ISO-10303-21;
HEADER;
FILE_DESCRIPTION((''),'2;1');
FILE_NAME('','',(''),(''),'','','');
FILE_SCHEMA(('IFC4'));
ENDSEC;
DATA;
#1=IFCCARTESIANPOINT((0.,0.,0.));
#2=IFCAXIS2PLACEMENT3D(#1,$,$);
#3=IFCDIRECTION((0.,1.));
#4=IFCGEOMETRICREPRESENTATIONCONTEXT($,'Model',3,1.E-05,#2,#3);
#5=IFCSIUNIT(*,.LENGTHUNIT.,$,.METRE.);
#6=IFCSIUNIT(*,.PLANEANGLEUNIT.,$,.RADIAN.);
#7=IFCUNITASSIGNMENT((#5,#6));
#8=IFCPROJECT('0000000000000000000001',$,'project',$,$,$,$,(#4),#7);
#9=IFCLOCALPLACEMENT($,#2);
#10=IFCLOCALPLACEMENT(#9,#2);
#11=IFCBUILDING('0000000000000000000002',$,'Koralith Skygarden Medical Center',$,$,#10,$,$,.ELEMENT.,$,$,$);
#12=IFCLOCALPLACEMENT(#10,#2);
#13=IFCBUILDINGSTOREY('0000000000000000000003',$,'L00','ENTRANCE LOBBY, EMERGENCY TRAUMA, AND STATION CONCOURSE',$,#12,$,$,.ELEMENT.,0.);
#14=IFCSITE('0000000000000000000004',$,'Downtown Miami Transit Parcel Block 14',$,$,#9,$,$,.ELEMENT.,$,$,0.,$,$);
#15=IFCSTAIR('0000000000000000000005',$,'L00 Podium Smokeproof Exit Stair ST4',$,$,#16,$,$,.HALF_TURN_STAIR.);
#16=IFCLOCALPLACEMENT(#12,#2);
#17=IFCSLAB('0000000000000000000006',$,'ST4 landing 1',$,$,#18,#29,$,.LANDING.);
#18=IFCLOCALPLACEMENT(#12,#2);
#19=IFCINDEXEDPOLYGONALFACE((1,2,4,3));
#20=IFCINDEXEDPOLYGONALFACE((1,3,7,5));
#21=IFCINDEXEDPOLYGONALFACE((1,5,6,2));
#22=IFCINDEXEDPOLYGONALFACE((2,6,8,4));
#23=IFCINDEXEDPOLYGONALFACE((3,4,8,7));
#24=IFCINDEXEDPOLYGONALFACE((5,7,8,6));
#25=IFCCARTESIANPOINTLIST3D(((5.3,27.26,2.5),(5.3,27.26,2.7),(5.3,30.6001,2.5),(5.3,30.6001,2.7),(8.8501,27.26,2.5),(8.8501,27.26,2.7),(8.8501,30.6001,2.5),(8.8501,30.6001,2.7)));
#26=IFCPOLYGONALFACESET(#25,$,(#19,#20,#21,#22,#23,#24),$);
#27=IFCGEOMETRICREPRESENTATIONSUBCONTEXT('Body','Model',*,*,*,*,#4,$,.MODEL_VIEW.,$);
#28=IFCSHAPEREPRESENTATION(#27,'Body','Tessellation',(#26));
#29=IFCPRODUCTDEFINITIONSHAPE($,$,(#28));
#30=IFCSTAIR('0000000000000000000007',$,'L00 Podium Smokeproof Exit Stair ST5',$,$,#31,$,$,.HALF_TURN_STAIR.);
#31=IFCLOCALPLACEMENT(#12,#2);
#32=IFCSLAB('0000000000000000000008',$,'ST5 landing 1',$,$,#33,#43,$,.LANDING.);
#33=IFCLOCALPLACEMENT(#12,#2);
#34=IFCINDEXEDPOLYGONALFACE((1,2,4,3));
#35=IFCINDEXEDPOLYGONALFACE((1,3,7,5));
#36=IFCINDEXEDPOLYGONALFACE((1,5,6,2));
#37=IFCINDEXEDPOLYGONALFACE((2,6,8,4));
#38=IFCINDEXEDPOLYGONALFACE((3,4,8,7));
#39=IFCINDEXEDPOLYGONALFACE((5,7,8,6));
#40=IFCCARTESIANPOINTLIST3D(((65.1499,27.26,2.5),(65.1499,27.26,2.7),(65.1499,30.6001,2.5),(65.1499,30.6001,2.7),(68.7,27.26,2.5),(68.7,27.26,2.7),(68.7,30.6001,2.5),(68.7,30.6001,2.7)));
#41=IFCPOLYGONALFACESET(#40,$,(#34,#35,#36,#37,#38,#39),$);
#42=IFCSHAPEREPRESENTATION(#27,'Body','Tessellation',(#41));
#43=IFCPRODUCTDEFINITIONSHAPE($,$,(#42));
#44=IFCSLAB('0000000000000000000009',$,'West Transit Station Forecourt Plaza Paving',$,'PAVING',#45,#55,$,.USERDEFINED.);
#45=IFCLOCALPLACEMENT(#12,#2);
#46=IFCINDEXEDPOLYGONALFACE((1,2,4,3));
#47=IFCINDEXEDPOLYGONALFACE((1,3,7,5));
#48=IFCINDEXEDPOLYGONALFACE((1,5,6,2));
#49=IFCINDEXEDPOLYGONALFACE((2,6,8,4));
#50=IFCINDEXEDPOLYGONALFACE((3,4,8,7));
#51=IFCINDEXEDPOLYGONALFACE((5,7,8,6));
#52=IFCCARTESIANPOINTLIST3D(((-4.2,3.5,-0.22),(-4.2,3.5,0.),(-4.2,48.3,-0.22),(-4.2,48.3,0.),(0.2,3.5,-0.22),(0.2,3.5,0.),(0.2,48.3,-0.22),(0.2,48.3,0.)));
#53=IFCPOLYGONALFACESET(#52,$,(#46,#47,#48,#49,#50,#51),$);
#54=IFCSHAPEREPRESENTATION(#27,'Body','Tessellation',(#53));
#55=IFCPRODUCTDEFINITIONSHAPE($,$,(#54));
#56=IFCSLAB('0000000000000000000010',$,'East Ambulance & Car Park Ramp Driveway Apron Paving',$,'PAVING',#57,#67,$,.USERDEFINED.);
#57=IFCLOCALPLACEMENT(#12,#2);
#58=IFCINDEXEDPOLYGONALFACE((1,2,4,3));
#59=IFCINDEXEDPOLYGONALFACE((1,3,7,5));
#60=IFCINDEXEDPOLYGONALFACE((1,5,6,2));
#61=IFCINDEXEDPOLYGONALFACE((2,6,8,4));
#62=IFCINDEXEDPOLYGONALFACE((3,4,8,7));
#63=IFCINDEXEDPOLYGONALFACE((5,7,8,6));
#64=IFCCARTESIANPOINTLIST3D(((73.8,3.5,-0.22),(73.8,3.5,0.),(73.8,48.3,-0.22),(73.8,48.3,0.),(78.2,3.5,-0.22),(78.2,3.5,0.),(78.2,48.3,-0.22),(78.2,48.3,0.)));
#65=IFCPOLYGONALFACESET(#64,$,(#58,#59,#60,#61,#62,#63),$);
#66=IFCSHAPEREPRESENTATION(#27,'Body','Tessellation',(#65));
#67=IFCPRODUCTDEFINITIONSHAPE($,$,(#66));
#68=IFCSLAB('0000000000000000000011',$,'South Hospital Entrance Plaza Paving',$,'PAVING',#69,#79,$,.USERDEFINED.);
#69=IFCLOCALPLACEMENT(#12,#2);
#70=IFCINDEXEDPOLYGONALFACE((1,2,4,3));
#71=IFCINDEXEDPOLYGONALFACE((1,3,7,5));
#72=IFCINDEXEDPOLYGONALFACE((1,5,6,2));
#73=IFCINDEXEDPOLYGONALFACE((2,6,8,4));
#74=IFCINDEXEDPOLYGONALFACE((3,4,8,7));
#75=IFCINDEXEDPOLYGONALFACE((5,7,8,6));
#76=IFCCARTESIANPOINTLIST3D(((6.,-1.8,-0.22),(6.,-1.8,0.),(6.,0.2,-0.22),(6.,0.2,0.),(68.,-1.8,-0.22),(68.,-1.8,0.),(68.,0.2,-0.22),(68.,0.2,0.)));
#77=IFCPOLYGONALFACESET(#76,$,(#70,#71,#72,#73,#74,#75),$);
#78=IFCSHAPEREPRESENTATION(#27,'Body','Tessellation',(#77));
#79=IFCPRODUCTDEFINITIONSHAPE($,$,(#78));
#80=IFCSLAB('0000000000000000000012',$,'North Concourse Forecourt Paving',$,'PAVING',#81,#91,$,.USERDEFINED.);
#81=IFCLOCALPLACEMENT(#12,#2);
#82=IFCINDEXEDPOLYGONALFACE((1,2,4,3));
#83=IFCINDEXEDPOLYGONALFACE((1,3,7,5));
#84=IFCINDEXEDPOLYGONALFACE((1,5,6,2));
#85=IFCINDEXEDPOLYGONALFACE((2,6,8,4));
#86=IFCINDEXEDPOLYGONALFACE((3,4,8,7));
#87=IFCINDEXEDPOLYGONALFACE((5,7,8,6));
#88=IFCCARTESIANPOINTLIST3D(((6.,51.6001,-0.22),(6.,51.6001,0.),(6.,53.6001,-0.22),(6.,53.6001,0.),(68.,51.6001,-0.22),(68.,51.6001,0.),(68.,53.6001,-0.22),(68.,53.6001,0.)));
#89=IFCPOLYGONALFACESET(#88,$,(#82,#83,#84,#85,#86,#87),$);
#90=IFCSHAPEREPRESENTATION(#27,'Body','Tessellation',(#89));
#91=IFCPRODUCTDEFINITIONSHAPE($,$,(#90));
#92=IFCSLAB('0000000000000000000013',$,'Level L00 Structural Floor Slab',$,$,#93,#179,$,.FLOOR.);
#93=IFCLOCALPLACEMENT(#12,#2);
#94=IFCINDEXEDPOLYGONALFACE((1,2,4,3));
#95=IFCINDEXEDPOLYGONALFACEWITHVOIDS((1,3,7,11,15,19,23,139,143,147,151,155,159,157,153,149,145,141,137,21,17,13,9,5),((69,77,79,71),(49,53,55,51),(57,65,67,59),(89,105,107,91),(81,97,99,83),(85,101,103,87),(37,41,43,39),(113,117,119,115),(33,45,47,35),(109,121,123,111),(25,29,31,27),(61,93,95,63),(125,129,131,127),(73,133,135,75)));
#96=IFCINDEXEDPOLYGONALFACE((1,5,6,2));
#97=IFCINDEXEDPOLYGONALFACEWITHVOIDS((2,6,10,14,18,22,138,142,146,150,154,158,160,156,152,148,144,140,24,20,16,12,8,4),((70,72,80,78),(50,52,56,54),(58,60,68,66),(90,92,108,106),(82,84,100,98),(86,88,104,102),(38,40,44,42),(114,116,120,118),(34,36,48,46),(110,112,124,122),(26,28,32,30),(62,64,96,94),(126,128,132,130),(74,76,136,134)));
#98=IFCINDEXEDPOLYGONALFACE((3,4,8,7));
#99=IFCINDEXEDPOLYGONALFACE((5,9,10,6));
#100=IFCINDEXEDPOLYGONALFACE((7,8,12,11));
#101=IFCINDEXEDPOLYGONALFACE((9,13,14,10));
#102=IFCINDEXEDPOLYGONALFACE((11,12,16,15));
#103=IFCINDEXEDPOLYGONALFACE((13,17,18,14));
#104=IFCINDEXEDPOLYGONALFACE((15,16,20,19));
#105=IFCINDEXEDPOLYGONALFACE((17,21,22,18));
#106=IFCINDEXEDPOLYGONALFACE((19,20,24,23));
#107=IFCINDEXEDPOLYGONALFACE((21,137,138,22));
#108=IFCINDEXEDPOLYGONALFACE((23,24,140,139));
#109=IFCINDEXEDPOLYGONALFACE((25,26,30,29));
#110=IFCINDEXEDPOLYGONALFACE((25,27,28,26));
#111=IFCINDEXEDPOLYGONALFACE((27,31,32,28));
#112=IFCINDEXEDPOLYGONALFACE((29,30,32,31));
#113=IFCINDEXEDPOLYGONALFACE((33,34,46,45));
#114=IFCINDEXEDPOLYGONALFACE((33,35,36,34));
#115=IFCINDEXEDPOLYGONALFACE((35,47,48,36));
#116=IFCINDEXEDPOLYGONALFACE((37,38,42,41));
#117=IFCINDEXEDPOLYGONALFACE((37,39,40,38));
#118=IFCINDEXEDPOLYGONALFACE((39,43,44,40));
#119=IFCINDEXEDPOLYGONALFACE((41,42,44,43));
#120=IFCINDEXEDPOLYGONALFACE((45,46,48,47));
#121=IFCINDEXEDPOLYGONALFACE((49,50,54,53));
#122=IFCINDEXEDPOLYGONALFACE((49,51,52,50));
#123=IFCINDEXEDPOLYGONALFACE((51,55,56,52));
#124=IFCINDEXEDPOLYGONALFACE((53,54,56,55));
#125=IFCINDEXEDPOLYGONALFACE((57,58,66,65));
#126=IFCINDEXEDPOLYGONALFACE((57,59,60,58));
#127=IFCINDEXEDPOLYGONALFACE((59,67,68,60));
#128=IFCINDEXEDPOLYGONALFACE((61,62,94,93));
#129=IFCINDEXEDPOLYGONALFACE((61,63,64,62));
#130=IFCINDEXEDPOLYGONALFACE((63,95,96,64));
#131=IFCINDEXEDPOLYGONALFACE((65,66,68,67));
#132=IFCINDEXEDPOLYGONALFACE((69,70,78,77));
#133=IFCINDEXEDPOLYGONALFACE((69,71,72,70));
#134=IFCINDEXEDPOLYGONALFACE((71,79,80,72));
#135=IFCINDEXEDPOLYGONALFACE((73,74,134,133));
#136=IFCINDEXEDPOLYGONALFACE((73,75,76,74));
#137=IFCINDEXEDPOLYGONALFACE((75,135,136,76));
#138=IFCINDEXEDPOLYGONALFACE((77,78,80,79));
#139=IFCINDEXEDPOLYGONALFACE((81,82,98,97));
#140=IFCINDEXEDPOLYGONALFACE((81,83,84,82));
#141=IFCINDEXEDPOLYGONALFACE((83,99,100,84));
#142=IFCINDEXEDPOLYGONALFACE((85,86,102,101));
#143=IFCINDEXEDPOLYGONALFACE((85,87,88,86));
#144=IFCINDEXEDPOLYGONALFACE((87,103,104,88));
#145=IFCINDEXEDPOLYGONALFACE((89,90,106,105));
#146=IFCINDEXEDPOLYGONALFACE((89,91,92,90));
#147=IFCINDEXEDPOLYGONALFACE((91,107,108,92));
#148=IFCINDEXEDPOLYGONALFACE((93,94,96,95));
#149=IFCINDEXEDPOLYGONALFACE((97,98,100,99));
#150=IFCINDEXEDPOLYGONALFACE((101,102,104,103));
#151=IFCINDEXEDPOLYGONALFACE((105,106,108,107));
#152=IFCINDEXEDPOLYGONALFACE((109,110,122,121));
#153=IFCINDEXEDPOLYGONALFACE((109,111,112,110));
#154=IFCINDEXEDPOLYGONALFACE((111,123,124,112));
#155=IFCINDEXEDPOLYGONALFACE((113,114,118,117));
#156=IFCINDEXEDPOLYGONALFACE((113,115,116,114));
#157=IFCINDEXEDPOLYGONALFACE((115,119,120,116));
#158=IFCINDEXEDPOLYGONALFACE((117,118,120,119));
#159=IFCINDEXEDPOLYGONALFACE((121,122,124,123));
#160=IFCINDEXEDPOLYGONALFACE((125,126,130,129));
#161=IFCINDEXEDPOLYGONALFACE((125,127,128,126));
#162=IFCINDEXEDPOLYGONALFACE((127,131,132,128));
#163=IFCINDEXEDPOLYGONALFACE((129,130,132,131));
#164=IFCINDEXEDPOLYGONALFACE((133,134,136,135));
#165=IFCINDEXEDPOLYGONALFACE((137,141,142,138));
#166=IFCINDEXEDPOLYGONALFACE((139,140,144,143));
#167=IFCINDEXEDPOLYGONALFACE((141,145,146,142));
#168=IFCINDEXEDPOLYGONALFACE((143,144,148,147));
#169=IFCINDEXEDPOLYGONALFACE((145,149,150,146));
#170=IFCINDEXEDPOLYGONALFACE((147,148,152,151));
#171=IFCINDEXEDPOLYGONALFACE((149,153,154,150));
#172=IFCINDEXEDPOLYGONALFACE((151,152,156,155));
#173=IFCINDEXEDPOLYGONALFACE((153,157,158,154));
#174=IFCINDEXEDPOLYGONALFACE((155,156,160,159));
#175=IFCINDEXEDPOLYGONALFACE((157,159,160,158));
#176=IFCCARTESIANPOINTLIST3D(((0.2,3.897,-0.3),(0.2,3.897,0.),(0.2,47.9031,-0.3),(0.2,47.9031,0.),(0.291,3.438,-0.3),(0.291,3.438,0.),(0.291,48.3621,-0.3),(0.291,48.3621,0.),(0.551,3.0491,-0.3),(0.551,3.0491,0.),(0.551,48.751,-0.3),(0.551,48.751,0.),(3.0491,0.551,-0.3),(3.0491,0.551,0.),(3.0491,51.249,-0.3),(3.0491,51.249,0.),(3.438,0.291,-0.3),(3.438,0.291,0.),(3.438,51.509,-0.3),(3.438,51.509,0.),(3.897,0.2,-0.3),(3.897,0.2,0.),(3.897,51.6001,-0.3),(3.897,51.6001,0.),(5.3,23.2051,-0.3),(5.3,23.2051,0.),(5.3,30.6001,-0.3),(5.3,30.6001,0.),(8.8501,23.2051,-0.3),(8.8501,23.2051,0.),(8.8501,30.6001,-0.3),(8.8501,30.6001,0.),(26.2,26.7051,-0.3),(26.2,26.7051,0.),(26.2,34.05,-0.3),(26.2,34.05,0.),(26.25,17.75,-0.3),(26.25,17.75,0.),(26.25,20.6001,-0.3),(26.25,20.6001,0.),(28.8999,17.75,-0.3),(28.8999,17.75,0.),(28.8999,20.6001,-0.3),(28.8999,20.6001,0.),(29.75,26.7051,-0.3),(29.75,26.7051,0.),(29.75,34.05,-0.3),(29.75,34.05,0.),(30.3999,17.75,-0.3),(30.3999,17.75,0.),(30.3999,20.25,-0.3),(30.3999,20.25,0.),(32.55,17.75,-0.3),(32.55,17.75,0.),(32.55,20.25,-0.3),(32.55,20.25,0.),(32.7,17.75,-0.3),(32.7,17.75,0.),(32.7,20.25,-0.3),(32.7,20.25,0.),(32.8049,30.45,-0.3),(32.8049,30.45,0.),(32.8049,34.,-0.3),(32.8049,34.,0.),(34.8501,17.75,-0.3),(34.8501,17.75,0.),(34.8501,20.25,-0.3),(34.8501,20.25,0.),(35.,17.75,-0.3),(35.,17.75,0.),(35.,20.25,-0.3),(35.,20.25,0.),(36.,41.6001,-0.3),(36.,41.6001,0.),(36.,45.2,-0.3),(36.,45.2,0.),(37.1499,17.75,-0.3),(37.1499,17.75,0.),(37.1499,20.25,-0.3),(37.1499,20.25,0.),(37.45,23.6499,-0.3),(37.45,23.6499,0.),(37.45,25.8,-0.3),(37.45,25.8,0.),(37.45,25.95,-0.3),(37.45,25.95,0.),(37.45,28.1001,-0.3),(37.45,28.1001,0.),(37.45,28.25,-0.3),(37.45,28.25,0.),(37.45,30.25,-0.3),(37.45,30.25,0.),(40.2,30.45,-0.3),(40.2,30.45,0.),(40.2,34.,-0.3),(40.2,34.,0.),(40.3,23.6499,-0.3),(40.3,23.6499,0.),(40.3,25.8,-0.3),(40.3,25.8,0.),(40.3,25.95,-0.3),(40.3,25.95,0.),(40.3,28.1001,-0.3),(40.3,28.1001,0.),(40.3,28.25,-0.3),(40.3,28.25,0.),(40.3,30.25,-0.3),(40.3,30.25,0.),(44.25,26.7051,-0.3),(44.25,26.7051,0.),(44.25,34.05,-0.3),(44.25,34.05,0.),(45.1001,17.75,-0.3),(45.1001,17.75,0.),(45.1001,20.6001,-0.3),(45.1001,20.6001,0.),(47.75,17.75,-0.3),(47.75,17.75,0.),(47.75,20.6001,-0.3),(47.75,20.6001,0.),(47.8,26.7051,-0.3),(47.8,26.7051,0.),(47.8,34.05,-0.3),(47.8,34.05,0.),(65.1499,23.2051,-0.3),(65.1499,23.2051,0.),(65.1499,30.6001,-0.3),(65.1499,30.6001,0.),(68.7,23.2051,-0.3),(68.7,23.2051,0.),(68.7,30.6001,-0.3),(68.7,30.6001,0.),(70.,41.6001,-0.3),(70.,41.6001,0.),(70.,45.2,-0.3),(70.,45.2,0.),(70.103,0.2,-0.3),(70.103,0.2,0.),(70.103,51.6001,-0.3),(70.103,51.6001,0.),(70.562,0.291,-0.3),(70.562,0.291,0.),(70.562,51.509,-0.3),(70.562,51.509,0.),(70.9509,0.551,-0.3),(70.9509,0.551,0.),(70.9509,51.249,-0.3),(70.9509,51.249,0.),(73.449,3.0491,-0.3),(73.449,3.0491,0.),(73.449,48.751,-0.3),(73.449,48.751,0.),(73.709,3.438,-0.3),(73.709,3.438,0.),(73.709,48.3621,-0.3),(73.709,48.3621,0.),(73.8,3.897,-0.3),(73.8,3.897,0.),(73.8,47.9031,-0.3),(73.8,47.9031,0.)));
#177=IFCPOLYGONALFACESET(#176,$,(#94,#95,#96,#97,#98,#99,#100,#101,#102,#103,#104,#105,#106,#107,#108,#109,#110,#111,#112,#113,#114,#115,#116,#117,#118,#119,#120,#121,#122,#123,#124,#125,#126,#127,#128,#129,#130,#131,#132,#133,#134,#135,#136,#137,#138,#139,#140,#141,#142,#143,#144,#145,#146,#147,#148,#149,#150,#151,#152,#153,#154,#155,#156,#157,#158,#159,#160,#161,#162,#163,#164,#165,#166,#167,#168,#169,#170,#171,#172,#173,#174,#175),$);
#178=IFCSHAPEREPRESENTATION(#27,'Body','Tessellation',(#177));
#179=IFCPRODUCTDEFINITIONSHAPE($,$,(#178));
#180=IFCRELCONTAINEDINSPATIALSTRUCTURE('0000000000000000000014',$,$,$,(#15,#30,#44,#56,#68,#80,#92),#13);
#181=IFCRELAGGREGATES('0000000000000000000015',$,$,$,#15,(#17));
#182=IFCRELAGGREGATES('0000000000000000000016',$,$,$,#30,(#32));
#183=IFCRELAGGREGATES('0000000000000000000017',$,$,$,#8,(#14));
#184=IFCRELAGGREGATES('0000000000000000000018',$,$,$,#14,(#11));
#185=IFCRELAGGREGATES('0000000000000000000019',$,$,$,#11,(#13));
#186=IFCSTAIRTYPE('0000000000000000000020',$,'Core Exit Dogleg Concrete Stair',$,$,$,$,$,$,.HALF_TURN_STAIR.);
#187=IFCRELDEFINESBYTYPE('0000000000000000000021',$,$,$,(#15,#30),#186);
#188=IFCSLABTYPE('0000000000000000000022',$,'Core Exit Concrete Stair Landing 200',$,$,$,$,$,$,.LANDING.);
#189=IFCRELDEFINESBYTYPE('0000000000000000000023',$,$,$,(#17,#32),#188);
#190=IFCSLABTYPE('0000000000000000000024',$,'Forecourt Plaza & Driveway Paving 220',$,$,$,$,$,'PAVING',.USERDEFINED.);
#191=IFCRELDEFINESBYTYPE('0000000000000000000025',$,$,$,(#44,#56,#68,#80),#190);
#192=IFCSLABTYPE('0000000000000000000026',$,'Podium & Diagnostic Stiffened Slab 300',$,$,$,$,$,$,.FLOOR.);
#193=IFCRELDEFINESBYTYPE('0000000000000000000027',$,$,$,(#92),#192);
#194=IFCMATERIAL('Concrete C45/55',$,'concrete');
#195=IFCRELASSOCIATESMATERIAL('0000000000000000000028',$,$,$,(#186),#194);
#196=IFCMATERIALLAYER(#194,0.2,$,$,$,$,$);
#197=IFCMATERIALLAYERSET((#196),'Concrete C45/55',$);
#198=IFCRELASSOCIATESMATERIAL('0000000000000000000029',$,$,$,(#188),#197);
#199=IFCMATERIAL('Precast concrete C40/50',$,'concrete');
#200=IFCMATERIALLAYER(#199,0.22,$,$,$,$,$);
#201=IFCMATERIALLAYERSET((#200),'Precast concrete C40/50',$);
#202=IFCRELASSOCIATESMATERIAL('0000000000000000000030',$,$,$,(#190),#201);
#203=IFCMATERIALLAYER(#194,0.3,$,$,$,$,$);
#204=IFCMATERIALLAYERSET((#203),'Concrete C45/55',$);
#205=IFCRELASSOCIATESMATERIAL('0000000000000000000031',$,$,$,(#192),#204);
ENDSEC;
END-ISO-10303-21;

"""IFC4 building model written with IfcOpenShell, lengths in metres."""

from ifc_helpers import new_model, si_unit, direction, frame, origin, place, context, subcontext, project, spatial, polyline, outline, extrude, material, layer, layer_set, type_object, element, aggregate, save


model = new_model("IFC4")

# Units and contexts
model_context = context("Model", 3, precision=1e-05, world=origin(), true_north=direction((0.0, 1.0)))
body_context = subcontext(model_context, "Body", "Model", "MODEL_VIEW")
ifc_project = project(units=[si_unit("LENGTHUNIT", "METRE"), si_unit("PLANEANGLEUNIT", "RADIAN")], contexts=[model_context])

# Site, building, storey
site_placement = place(None, origin())
site = spatial("IfcSite", under=ifc_project, at=site_placement, Name="Downtown Miami Transit Parcel Block 14", CompositionType="ELEMENT", RefElevation=0.0)
building_placement = place(site_placement, origin())
building = spatial("IfcBuilding", under=site, at=building_placement, Name="Koralith Skygarden Medical Center", CompositionType="ELEMENT")
storey_placement = place(building_placement, origin())
storey = spatial("IfcBuildingStorey", under=building, at=storey_placement, Name="L00", Description="ENTRANCE LOBBY, EMERGENCY TRAUMA, AND STATION CONCOURSE", CompositionType="ELEMENT", Elevation=0.0)

# Stairs, slabs
ifc_material_1 = material(Name="Concrete C45/55", Category="concrete")
stair_type = type_object("IfcStairType", Name="Core Exit Dogleg Concrete Stair", PredefinedType="HALF_TURN_STAIR", material=ifc_material_1)
ifc_layer_1 = layer(ifc_material_1, 0.2)
ifc_layer_set_1 = layer_set([ifc_layer_1], Name="Concrete C45/55")
slab_type_1 = type_object("IfcSlabType", Name="Core Exit Concrete Stair Landing 200", PredefinedType="LANDING", material=ifc_layer_set_1)
stair_1_placement = place(storey_placement, origin())
stair_1 = element("IfcStair", 1, at=stair_1_placement, inside=storey, type_object=stair_type, Name="L00 Podium Smokeproof Exit Stair ST4", PredefinedType="HALF_TURN_STAIR")
slab_1_placement = place(storey_placement, frame((0.0, 0.0, 2.5)))
slab_1 = element("IfcSlab", 2, at=slab_1_placement, type_object=slab_type_1, Name="ST4 landing 1", PredefinedType="LANDING", context=body_context, shape_type="SweptSolid", body=[
    extrude(outline(polyline([(8.8501, 27.26), (8.8501, 30.6001), (5.3, 30.6001), (5.3, 27.26), (8.8501, 27.26)])), origin(), (0.0, 0.0, 1.0), 0.2),
])
aggregate(stair_1, [slab_1])
stair_2_placement = place(storey_placement, origin())
stair_2 = element("IfcStair", 3, at=stair_2_placement, inside=storey, type_object=stair_type, Name="L00 Podium Smokeproof Exit Stair ST5", PredefinedType="HALF_TURN_STAIR")
slab_2_placement = place(storey_placement, frame((0.0, 0.0, 2.5)))
slab_2 = element("IfcSlab", 4, at=slab_2_placement, type_object=slab_type_1, Name="ST5 landing 1", PredefinedType="LANDING", context=body_context, shape_type="SweptSolid", body=[
    extrude(outline(polyline([(68.7, 27.26), (68.7, 30.6001), (65.1499, 30.6001), (65.1499, 27.26), (68.7, 27.26)])), origin(), (0.0, 0.0, 1.0), 0.2),
])
aggregate(stair_2, [slab_2])

# Slabs
ifc_material_2 = material(Name="Precast concrete C40/50", Category="concrete")
ifc_layer_2 = layer(ifc_material_2, 0.22)
ifc_layer_set_2 = layer_set([ifc_layer_2], Name="Precast concrete C40/50")
slab_type_2 = type_object("IfcSlabType", Name="Forecourt Plaza & Driveway Paving 220", ElementType="PAVING", PredefinedType="USERDEFINED", material=ifc_layer_set_2)
slab_3_placement = place(storey_placement, frame((0.0, 0.0, -0.22)))
element("IfcSlab", 5, at=slab_3_placement, inside=storey, type_object=slab_type_2, Name="West Transit Station Forecourt Plaza Paving", ObjectType="PAVING", PredefinedType="USERDEFINED", context=body_context, shape_type="SweptSolid", body=[
    extrude(outline(polyline([(-4.2, 3.5), (0.2, 3.5), (0.2, 48.3), (-4.2, 48.3), (-4.2, 3.5)])), origin(), (0.0, 0.0, 1.0), 0.22),
])
slab_4_placement = place(storey_placement, frame((0.0, 0.0, -0.22)))
element("IfcSlab", 6, at=slab_4_placement, inside=storey, type_object=slab_type_2, Name="East Ambulance & Car Park Ramp Driveway Apron Paving", ObjectType="PAVING", PredefinedType="USERDEFINED", context=body_context, shape_type="SweptSolid", body=[
    extrude(outline(polyline([(73.8, 3.5), (78.2, 3.5), (78.2, 48.3), (73.8, 48.3), (73.8, 3.5)])), origin(), (0.0, 0.0, 1.0), 0.22),
])
slab_5_placement = place(storey_placement, frame((0.0, 0.0, -0.22)))
element("IfcSlab", 7, at=slab_5_placement, inside=storey, type_object=slab_type_2, Name="South Hospital Entrance Plaza Paving", ObjectType="PAVING", PredefinedType="USERDEFINED", context=body_context, shape_type="SweptSolid", body=[
    extrude(outline(polyline([(6.0, -1.8), (68.0, -1.8), (68.0, 0.2), (6.0, 0.2), (6.0, -1.8)])), origin(), (0.0, 0.0, 1.0), 0.22),
])
slab_6_placement = place(storey_placement, frame((0.0, 0.0, -0.22)))
element("IfcSlab", 8, at=slab_6_placement, inside=storey, type_object=slab_type_2, Name="North Concourse Forecourt Paving", ObjectType="PAVING", PredefinedType="USERDEFINED", context=body_context, shape_type="SweptSolid", body=[
    extrude(outline(polyline([(6.0, 51.6001), (68.0, 51.6001), (68.0, 53.6001), (6.0, 53.6001), (6.0, 51.6001)])), origin(), (0.0, 0.0, 1.0), 0.22),
])
ifc_layer_3 = layer(ifc_material_1, 0.3)
ifc_layer_set_3 = layer_set([ifc_layer_3], Name="Concrete C45/55")
slab_type_3 = type_object("IfcSlabType", Name="Podium & Diagnostic Stiffened Slab 300", PredefinedType="FLOOR", material=ifc_layer_set_3)
slab_7_placement = place(storey_placement, frame((0.0, 0.0, -0.3)))
element("IfcSlab", 9, at=slab_7_placement, inside=storey, type_object=slab_type_3, Name="Level L00 Structural Floor Slab", PredefinedType="FLOOR", context=body_context, shape_type="SweptSolid", body=[
    extrude(outline(polyline([(3.0491, 0.551), (3.438, 0.291), (3.897, 0.2), (70.103, 0.2), (70.562, 0.291), (70.9509, 0.551), (73.449, 3.0491), (73.709, 3.438), (73.8, 3.897), (73.8, 47.9031), (73.709, 48.3621), (73.449, 48.751), (70.9509, 51.249), (70.562, 51.509), (70.103, 51.6001), (3.897, 51.6001), (3.438, 51.509), (3.0491, 51.249), (0.551, 48.751), (0.291, 48.3621), (0.2, 47.9031), (0.2, 3.897), (0.291, 3.438), (0.551, 3.0491), (3.0491, 0.551)]), holes=[polyline([(26.2, 26.7051), (29.75, 26.7051), (29.75, 34.05), (26.2, 34.05), (26.2, 26.7051)]), polyline([(44.25, 26.7051), (47.8, 26.7051), (47.8, 34.05), (44.25, 34.05), (44.25, 26.7051)]), polyline([(32.8049, 30.45), (40.2, 30.45), (40.2, 34.0), (32.8049, 34.0), (32.8049, 30.45)]), polyline([(5.3, 23.2051), (8.8501, 23.2051), (8.8501, 30.6001), (5.3, 30.6001), (5.3, 23.2051)]), polyline([(65.1499, 23.2051), (68.7, 23.2051), (68.7, 30.6001), (65.1499, 30.6001), (65.1499, 23.2051)]), polyline([(26.25, 17.75), (28.8999, 17.75), (28.8999, 20.6001), (26.25, 20.6001), (26.25, 17.75)]), polyline([(45.1001, 17.75), (47.75, 17.75), (47.75, 20.6001), (45.1001, 20.6001), (45.1001, 17.75)]), polyline([(30.3999, 17.75), (32.55, 17.75), (32.55, 20.25), (30.3999, 20.25), (30.3999, 17.75)]), polyline([(32.7, 17.75), (34.8501, 17.75), (34.8501, 20.25), (32.7, 20.25), (32.7, 17.75)]), polyline([(35.0, 17.75), (37.1499, 17.75), (37.1499, 20.25), (35.0, 20.25), (35.0, 17.75)]), polyline([(37.45, 23.6499), (40.3, 23.6499), (40.3, 25.8), (37.45, 25.8), (37.45, 23.6499)]), polyline([(37.45, 25.95), (40.3, 25.95), (40.3, 28.1001), (37.45, 28.1001), (37.45, 25.95)]), polyline([(37.45, 28.25), (40.3, 28.25), (40.3, 30.25), (37.45, 30.25), (37.45, 28.25)]), polyline([(36.0, 41.6001), (70.0, 41.6001), (70.0, 45.2), (36.0, 45.2), (36.0, 41.6001)])]), origin(), (0.0, 0.0, 1.0), 0.3),
])

save(model, "model.ifc")
